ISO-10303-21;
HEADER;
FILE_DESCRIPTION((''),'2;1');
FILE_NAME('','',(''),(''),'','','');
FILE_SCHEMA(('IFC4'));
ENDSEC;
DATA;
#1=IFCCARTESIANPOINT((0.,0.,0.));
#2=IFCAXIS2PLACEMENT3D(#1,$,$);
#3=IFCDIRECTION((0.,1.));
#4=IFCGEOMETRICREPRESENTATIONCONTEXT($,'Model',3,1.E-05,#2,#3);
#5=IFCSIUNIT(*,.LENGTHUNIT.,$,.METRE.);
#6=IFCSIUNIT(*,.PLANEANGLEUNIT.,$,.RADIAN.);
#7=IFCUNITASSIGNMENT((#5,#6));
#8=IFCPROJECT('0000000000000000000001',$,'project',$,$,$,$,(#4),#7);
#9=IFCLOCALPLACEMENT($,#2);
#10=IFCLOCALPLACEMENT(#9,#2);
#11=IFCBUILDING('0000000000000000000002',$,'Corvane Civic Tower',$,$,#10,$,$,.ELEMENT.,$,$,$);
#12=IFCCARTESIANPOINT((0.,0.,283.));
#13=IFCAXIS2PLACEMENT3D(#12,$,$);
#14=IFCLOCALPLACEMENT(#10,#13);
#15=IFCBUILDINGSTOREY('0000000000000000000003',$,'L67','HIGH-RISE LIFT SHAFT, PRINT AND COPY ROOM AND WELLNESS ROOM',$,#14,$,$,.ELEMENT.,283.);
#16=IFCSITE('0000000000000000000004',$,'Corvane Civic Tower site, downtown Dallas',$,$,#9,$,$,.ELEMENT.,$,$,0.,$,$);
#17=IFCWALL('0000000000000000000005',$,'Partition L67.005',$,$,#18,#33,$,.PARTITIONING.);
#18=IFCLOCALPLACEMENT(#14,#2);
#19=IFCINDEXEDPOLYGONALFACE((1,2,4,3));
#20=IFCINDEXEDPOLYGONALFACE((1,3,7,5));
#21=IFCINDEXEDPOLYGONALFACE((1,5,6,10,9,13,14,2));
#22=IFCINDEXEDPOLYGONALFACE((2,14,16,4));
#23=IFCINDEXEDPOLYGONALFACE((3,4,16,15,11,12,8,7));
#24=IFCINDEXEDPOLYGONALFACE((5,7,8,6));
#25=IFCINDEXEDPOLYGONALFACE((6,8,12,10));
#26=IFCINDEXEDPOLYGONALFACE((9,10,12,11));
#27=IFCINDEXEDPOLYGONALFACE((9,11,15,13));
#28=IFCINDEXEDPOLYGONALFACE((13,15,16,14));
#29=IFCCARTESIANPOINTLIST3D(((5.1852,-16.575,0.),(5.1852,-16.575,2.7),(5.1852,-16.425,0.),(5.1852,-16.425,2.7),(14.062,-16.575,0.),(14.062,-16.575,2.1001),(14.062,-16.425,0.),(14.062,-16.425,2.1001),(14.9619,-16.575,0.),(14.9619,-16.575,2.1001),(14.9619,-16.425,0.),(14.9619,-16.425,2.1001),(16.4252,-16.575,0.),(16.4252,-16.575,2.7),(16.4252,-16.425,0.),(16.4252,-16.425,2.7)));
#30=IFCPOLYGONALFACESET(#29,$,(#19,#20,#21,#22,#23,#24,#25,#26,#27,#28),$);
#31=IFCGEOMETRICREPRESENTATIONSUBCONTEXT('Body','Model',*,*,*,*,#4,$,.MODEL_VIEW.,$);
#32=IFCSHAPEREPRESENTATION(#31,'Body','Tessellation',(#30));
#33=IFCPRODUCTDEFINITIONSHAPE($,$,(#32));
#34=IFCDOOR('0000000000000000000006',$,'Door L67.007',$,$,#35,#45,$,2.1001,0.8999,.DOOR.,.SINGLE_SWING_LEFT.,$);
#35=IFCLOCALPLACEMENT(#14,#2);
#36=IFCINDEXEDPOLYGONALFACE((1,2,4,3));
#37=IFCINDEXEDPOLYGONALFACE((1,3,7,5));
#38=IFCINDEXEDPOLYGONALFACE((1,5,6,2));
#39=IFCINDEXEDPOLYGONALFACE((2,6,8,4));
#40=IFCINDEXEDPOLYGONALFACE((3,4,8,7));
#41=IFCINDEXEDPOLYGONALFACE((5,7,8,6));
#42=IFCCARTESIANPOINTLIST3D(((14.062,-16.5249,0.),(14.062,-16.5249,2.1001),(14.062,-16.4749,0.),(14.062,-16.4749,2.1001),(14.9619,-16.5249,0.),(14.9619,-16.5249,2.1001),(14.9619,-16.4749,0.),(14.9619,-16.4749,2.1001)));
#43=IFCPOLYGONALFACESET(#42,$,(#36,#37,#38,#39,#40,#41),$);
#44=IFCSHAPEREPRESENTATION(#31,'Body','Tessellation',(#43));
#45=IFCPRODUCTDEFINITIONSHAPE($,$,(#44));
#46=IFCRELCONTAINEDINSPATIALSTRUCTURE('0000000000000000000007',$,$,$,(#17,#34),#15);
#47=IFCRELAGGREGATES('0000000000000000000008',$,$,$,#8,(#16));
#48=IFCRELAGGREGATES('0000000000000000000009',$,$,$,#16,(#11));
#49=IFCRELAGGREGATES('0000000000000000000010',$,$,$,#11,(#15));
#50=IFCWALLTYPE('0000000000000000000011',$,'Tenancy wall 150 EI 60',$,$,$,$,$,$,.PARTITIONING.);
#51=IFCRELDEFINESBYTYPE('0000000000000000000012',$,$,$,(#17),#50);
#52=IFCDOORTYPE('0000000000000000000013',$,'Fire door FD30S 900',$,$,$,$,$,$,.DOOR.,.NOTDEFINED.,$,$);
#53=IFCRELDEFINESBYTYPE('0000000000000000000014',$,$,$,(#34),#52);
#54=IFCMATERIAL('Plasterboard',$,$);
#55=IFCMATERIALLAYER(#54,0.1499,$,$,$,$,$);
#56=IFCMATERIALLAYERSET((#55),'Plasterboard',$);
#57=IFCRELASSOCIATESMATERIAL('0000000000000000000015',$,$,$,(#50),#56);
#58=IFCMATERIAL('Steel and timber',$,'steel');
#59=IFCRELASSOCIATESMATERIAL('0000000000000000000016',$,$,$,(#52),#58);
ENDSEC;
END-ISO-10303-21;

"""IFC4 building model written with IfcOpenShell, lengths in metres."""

from ifc_helpers import new_model, si_unit, direction, frame, frame_2d, origin, place, context, subcontext, project, spatial, rectangle, extrude, material, layer, layer_set, type_object, element, fill, save


model = new_model("IFC4")

# Units and contexts
model_context = context("Model", 3, precision=1e-05, world=origin(), true_north=direction((0.0, 1.0)))
body_context = subcontext(model_context, "Body", "Model", "MODEL_VIEW")
ifc_project = project(units=[si_unit("LENGTHUNIT", "METRE"), si_unit("PLANEANGLEUNIT", "RADIAN")], contexts=[model_context])

# Site, building, storey
site_placement = place(None, origin())
site = spatial("IfcSite", under=ifc_project, at=site_placement, Name="Corvane Civic Tower site, downtown Dallas", CompositionType="ELEMENT", RefElevation=0.0)
building_placement = place(site_placement, origin())
building = spatial("IfcBuilding", under=site, at=building_placement, Name="Corvane Civic Tower", CompositionType="ELEMENT")
storey_placement = place(building_placement, frame((0.0, 0.0, 283.0)))
storey = spatial("IfcBuildingStorey", under=building, at=storey_placement, Name="L67", Description="HIGH-RISE LIFT SHAFT, PRINT AND COPY ROOM AND WELLNESS ROOM", CompositionType="ELEMENT", Elevation=283.0)

# Wall, opening, door
ifc_material_1 = material(Name="Plasterboard")
ifc_layer_1 = layer(ifc_material_1, 0.1499)
ifc_layer_set_1 = layer_set([ifc_layer_1], Name="Plasterboard")
wall_type_1 = type_object("IfcWallType", Name="Tenancy wall 150 EI 60", PredefinedType="PARTITIONING", material=ifc_layer_set_1)
wall_1_placement = place(storey_placement, frame((5.1851, -16.5, 0.0), z_axis=(0.0, 0.0, 1.0), x_axis=(1.0, 0.0, 0.0)))
wall_1 = element("IfcWall", 1, at=wall_1_placement, inside=storey, type_object=wall_type_1, Name="Partition L67.005", PredefinedType="PARTITIONING", context=body_context, shape_type="SweptSolid", body=[
    extrude(rectangle(XDim=11.24, YDim=0.1499, at=frame_2d((5.6201, 0.0))), origin(), (0.0, 0.0, 1.0), 2.7),
])
opening_1_placement = place(wall_1_placement, frame((8.877, 0.0, 0.0)))
opening_1 = element("IfcOpeningElement", 2, at=opening_1_placement, cuts=wall_1, PredefinedType="OPENING", context=body_context, shape_type="SweptSolid", body=[
    extrude(rectangle(XDim=0.8999, YDim=2.1001, at=frame_2d((0.45, 1.05))), frame((0.0, 0.085, 0.0), z_axis=(0.0, -1.0, 0.0), x_axis=(1.0, 0.0, 0.0)), (0.0, 0.0, 1.0), 0.1699),
])
ifc_material_2 = material(Name="Steel and timber", Category="steel")
door_type_1 = type_object("IfcDoorType", Name="Fire door FD30S 900", OperationType="NOTDEFINED", PredefinedType="DOOR", material=ifc_material_2)
door_1_placement = place(opening_1_placement, frame((0.8999, 0.0, 0.0), z_axis=(0.0, 0.0, 1.0), x_axis=(-1.0, 0.0, 0.0)))
door_1 = element("IfcDoor", 3, at=door_1_placement, inside=storey, type_object=door_type_1, Name="Door L67.007", OperationType="SINGLE_SWING_LEFT", OverallHeight=2.1001, OverallWidth=0.8999, PredefinedType="DOOR", context=body_context, shape_type="SweptSolid", body=[
    extrude(rectangle(XDim=0.8999, YDim=2.1001, at=frame_2d((0.45, 1.05))), frame((0.0, 0.0249, 0.0), z_axis=(0.0, -1.0, 0.0), x_axis=(1.0, 0.0, 0.0)), (0.0, 0.0, 1.0), 0.05),
])
fill(opening_1, door_1)

save(model, "model.ifc")
